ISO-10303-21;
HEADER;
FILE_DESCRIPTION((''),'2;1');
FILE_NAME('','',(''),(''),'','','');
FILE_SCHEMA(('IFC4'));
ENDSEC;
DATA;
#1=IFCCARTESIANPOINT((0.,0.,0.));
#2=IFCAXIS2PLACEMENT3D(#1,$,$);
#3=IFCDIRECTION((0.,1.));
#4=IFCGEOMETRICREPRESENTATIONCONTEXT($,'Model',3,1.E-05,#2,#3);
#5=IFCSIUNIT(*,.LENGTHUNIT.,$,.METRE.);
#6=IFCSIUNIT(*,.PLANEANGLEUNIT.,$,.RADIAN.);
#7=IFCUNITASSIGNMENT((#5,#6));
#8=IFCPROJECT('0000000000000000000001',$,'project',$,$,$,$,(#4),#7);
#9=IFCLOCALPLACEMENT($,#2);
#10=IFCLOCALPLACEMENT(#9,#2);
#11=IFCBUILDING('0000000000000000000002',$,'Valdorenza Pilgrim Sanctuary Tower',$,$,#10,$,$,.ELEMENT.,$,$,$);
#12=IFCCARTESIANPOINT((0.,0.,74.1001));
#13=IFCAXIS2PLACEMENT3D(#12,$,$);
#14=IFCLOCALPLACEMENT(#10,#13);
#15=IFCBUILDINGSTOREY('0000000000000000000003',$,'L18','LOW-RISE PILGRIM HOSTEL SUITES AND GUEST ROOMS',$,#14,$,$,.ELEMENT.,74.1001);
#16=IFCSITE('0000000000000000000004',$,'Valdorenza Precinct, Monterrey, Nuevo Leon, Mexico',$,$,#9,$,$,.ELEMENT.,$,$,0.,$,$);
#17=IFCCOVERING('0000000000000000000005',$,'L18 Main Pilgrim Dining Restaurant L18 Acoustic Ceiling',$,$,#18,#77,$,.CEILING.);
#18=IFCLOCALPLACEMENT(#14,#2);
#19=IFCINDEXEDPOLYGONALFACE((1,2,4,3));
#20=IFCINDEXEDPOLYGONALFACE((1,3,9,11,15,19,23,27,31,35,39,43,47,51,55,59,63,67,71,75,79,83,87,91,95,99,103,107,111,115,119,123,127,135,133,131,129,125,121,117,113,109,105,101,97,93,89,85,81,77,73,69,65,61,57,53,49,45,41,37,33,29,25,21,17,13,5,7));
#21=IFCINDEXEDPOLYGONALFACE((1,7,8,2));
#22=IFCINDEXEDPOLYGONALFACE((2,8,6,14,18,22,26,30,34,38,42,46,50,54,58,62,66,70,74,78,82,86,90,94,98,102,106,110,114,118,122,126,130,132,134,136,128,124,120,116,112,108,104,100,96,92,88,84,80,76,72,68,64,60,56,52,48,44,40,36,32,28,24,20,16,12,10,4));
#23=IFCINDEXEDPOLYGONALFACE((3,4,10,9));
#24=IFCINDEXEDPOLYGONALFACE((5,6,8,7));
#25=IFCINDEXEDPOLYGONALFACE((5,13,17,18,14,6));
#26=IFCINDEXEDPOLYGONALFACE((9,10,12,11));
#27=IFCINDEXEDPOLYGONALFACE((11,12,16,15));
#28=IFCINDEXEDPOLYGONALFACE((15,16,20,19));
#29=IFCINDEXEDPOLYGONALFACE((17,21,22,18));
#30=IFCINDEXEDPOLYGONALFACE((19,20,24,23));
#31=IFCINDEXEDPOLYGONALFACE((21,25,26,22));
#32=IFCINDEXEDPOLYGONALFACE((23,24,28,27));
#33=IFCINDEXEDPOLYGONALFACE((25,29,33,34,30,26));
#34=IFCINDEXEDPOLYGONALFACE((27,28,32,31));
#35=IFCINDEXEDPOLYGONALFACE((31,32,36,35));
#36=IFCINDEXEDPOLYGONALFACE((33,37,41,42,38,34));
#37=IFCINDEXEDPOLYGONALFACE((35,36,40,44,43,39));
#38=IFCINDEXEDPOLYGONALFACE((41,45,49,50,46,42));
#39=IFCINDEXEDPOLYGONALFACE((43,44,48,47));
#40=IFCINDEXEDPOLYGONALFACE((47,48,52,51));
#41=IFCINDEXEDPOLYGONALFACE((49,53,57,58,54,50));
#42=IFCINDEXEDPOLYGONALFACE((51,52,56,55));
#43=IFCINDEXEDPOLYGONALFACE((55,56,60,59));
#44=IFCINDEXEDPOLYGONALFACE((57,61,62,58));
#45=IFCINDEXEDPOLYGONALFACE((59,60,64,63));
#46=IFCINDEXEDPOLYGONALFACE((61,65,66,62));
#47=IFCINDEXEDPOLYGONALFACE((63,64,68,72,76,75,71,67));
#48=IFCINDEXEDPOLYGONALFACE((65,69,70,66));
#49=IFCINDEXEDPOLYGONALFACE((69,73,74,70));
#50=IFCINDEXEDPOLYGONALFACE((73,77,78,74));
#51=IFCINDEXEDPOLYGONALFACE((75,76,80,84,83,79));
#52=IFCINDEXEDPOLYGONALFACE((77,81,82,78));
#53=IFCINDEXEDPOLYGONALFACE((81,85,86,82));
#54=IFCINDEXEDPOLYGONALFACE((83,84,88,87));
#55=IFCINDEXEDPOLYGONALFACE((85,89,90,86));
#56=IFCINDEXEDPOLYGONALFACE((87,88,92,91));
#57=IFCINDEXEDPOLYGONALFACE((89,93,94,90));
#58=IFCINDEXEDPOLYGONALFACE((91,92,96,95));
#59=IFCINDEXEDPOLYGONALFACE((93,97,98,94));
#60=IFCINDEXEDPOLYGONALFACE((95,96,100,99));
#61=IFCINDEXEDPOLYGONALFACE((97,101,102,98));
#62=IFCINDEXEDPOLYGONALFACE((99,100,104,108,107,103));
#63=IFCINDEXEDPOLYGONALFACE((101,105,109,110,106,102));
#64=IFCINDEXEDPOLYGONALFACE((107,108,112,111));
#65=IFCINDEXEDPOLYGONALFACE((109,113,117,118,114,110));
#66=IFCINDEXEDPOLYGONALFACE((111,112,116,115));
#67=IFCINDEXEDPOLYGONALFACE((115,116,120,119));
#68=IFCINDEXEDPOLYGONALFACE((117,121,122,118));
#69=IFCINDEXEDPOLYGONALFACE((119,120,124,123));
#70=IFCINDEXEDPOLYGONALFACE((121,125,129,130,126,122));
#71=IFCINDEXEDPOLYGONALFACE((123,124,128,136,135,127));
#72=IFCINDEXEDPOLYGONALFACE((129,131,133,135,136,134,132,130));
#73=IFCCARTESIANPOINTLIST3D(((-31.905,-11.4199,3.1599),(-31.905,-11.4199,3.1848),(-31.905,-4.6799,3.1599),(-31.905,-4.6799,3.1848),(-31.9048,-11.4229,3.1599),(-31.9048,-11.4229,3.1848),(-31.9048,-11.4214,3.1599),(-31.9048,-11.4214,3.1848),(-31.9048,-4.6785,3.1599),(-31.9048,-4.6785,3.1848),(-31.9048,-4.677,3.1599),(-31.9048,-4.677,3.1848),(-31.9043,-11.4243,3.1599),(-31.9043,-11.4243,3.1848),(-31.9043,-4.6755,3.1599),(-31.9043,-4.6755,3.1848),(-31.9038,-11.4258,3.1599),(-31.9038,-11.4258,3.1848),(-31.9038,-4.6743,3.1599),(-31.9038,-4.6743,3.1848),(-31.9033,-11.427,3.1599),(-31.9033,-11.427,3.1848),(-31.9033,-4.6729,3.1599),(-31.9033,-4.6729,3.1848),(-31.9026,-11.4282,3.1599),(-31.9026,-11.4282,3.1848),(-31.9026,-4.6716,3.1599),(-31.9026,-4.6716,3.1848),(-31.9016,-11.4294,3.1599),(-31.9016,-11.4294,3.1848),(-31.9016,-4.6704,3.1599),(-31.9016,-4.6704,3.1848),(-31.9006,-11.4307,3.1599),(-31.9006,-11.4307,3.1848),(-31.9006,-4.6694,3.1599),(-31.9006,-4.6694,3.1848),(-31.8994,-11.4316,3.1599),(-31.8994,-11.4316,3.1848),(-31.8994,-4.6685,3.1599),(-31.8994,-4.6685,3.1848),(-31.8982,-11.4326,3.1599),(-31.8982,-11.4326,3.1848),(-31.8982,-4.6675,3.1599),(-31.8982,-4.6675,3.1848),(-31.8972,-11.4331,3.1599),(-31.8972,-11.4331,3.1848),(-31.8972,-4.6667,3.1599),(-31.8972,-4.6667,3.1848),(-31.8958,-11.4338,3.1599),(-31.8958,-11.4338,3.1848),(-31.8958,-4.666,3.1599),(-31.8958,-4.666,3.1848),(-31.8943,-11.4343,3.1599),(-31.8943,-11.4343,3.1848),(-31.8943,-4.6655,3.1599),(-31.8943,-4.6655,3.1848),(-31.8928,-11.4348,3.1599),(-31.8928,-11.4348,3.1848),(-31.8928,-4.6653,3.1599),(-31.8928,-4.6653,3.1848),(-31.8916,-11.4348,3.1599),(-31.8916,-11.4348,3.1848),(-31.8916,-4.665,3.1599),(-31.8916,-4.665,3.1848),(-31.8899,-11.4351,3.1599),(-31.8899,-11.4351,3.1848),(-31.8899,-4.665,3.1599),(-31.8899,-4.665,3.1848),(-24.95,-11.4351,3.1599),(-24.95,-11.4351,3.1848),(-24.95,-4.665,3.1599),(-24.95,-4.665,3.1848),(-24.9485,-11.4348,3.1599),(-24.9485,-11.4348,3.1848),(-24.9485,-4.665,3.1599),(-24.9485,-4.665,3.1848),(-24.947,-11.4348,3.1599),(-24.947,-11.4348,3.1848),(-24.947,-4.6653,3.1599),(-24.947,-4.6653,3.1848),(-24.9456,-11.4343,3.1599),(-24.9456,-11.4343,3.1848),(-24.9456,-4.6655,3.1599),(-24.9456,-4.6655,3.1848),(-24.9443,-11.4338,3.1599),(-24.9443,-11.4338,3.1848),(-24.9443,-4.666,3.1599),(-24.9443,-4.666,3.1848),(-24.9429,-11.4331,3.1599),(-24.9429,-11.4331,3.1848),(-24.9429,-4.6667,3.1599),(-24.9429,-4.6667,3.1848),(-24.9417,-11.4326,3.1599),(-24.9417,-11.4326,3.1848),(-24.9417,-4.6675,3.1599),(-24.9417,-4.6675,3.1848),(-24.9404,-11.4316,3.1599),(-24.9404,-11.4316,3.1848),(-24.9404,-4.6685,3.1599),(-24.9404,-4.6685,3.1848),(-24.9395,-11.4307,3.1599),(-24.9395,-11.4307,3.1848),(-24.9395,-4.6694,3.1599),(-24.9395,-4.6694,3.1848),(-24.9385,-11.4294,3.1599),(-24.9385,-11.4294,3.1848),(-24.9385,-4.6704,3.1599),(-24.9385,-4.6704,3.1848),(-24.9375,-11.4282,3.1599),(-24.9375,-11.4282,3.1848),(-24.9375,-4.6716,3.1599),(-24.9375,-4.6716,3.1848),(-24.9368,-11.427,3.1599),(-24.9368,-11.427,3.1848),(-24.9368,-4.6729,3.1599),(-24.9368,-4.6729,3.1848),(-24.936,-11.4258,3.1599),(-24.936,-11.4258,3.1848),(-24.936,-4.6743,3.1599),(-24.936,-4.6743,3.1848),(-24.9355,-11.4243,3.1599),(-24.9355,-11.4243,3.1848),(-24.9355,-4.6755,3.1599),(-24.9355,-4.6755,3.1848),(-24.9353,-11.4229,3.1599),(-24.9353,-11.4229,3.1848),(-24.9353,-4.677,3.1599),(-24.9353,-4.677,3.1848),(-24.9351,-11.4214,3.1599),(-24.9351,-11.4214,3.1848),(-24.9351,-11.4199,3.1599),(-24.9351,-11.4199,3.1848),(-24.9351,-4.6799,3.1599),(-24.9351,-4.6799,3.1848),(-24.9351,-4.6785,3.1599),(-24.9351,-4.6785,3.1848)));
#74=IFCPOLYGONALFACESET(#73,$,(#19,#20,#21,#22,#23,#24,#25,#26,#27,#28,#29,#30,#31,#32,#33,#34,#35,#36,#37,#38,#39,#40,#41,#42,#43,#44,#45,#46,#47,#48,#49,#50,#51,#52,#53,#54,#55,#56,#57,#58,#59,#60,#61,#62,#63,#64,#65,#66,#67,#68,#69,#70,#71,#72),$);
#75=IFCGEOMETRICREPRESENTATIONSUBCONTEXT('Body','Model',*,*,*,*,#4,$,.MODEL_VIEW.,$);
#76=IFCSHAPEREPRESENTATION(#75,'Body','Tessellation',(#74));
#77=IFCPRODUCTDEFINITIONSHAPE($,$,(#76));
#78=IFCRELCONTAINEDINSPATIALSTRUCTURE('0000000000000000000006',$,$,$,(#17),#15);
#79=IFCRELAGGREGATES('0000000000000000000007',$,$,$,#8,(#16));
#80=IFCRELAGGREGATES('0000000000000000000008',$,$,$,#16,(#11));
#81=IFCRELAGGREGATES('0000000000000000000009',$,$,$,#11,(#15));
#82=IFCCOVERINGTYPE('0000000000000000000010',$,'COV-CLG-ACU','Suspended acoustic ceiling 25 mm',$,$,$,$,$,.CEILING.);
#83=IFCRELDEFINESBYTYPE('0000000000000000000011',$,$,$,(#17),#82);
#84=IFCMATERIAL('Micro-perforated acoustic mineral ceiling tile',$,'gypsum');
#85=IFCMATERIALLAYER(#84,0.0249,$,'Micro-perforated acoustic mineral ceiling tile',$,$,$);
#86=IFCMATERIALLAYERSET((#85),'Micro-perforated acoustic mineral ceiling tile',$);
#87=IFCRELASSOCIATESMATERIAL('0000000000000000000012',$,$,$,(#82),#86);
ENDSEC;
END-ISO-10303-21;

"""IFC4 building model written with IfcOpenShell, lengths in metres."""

from ifc_helpers import new_model, si_unit, direction, frame, origin, place, context, subcontext, project, spatial, polyline, outline, extrude, material, layer, layer_set, type_object, element, save


model = new_model("IFC4")

# Units and contexts
model_context = context("Model", 3, precision=1e-05, world=origin(), true_north=direction((0.0, 1.0)))
body_context = subcontext(model_context, "Body", "Model", "MODEL_VIEW")
ifc_project = project(units=[si_unit("LENGTHUNIT", "METRE"), si_unit("PLANEANGLEUNIT", "RADIAN")], contexts=[model_context])

# Site, building, storey
site_placement = place(None, origin())
site = spatial("IfcSite", under=ifc_project, at=site_placement, Name="Valdorenza Precinct, Monterrey, Nuevo Leon, Mexico", CompositionType="ELEMENT", RefElevation=0.0)
building_placement = place(site_placement, origin())
building = spatial("IfcBuilding", under=site, at=building_placement, Name="Valdorenza Pilgrim Sanctuary Tower", CompositionType="ELEMENT")
storey_placement = place(building_placement, frame((0.0, 0.0, 74.1001)))
storey = spatial("IfcBuildingStorey", under=building, at=storey_placement, Name="L18", Description="LOW-RISE PILGRIM HOSTEL SUITES AND GUEST ROOMS", CompositionType="ELEMENT", Elevation=74.1001)

# Covering
ifc_material_1 = material(Name="Micro-perforated acoustic mineral ceiling tile", Category="gypsum")
ifc_layer_1 = layer(ifc_material_1, 0.0249, Name="Micro-perforated acoustic mineral ceiling tile")
ifc_layer_set_1 = layer_set([ifc_layer_1], Name="Micro-perforated acoustic mineral ceiling tile")
covering_type_1 = type_object("IfcCoveringType", Name="COV-CLG-ACU", Description="Suspended acoustic ceiling 25 mm", PredefinedType="CEILING", material=ifc_layer_set_1)
covering_1_placement = place(storey_placement, frame((0.0, 0.0, 3.1599)))
element("IfcCovering", 1, at=covering_1_placement, inside=storey, type_object=covering_type_1, Name="L18 Main Pilgrim Dining Restaurant L18 Acoustic Ceiling", PredefinedType="CEILING", context=body_context, shape_type="SweptSolid", body=[
    extrude(outline(polyline([(-24.9351, -11.4199), (-24.9351, -11.4214), (-24.9353, -11.4229), (-24.9355, -11.4243), (-24.936, -11.4258), (-24.9368, -11.427), (-24.9375, -11.4282), (-24.9385, -11.4294), (-24.9395, -11.4307), (-24.9404, -11.4316), (-24.9417, -11.4326), (-24.9429, -11.4331), (-24.9443, -11.4338), (-24.9456, -11.4343), (-24.947, -11.4348), (-24.9485, -11.4348), (-24.95, -11.4351), (-31.8899, -11.4351), (-31.8916, -11.4348), (-31.8928, -11.4348), (-31.8943, -11.4343), (-31.8958, -11.4338), (-31.8972, -11.4331), (-31.8982, -11.4326), (-31.8994, -11.4316), (-31.9006, -11.4307), (-31.9016, -11.4294), (-31.9026, -11.4282), (-31.9033, -11.427), (-31.9038, -11.4258), (-31.9043, -11.4243), (-31.9048, -11.4229), (-31.9048, -11.4214), (-31.905, -11.4199), (-31.905, -4.6799), (-31.9048, -4.6785), (-31.9048, -4.677), (-31.9043, -4.6755), (-31.9038, -4.6743), (-31.9033, -4.6729), (-31.9026, -4.6716), (-31.9016, -4.6704), (-31.9006, -4.6694), (-31.8994, -4.6685), (-31.8982, -4.6675), (-31.8972, -4.6667), (-31.8958, -4.666), (-31.8943, -4.6655), (-31.8928, -4.6653), (-31.8916, -4.665), (-31.8899, -4.665), (-24.95, -4.665), (-24.9485, -4.665), (-24.947, -4.6653), (-24.9456, -4.6655), (-24.9443, -4.666), (-24.9429, -4.6667), (-24.9417, -4.6675), (-24.9404, -4.6685), (-24.9395, -4.6694), (-24.9385, -4.6704), (-24.9375, -4.6716), (-24.9368, -4.6729), (-24.936, -4.6743), (-24.9355, -4.6755), (-24.9353, -4.677), (-24.9351, -4.6785), (-24.9351, -4.6799), (-24.9351, -11.4199)])), origin(), (0.0, 0.0, 1.0), 0.0249),
])

save(model, "model.ifc")
